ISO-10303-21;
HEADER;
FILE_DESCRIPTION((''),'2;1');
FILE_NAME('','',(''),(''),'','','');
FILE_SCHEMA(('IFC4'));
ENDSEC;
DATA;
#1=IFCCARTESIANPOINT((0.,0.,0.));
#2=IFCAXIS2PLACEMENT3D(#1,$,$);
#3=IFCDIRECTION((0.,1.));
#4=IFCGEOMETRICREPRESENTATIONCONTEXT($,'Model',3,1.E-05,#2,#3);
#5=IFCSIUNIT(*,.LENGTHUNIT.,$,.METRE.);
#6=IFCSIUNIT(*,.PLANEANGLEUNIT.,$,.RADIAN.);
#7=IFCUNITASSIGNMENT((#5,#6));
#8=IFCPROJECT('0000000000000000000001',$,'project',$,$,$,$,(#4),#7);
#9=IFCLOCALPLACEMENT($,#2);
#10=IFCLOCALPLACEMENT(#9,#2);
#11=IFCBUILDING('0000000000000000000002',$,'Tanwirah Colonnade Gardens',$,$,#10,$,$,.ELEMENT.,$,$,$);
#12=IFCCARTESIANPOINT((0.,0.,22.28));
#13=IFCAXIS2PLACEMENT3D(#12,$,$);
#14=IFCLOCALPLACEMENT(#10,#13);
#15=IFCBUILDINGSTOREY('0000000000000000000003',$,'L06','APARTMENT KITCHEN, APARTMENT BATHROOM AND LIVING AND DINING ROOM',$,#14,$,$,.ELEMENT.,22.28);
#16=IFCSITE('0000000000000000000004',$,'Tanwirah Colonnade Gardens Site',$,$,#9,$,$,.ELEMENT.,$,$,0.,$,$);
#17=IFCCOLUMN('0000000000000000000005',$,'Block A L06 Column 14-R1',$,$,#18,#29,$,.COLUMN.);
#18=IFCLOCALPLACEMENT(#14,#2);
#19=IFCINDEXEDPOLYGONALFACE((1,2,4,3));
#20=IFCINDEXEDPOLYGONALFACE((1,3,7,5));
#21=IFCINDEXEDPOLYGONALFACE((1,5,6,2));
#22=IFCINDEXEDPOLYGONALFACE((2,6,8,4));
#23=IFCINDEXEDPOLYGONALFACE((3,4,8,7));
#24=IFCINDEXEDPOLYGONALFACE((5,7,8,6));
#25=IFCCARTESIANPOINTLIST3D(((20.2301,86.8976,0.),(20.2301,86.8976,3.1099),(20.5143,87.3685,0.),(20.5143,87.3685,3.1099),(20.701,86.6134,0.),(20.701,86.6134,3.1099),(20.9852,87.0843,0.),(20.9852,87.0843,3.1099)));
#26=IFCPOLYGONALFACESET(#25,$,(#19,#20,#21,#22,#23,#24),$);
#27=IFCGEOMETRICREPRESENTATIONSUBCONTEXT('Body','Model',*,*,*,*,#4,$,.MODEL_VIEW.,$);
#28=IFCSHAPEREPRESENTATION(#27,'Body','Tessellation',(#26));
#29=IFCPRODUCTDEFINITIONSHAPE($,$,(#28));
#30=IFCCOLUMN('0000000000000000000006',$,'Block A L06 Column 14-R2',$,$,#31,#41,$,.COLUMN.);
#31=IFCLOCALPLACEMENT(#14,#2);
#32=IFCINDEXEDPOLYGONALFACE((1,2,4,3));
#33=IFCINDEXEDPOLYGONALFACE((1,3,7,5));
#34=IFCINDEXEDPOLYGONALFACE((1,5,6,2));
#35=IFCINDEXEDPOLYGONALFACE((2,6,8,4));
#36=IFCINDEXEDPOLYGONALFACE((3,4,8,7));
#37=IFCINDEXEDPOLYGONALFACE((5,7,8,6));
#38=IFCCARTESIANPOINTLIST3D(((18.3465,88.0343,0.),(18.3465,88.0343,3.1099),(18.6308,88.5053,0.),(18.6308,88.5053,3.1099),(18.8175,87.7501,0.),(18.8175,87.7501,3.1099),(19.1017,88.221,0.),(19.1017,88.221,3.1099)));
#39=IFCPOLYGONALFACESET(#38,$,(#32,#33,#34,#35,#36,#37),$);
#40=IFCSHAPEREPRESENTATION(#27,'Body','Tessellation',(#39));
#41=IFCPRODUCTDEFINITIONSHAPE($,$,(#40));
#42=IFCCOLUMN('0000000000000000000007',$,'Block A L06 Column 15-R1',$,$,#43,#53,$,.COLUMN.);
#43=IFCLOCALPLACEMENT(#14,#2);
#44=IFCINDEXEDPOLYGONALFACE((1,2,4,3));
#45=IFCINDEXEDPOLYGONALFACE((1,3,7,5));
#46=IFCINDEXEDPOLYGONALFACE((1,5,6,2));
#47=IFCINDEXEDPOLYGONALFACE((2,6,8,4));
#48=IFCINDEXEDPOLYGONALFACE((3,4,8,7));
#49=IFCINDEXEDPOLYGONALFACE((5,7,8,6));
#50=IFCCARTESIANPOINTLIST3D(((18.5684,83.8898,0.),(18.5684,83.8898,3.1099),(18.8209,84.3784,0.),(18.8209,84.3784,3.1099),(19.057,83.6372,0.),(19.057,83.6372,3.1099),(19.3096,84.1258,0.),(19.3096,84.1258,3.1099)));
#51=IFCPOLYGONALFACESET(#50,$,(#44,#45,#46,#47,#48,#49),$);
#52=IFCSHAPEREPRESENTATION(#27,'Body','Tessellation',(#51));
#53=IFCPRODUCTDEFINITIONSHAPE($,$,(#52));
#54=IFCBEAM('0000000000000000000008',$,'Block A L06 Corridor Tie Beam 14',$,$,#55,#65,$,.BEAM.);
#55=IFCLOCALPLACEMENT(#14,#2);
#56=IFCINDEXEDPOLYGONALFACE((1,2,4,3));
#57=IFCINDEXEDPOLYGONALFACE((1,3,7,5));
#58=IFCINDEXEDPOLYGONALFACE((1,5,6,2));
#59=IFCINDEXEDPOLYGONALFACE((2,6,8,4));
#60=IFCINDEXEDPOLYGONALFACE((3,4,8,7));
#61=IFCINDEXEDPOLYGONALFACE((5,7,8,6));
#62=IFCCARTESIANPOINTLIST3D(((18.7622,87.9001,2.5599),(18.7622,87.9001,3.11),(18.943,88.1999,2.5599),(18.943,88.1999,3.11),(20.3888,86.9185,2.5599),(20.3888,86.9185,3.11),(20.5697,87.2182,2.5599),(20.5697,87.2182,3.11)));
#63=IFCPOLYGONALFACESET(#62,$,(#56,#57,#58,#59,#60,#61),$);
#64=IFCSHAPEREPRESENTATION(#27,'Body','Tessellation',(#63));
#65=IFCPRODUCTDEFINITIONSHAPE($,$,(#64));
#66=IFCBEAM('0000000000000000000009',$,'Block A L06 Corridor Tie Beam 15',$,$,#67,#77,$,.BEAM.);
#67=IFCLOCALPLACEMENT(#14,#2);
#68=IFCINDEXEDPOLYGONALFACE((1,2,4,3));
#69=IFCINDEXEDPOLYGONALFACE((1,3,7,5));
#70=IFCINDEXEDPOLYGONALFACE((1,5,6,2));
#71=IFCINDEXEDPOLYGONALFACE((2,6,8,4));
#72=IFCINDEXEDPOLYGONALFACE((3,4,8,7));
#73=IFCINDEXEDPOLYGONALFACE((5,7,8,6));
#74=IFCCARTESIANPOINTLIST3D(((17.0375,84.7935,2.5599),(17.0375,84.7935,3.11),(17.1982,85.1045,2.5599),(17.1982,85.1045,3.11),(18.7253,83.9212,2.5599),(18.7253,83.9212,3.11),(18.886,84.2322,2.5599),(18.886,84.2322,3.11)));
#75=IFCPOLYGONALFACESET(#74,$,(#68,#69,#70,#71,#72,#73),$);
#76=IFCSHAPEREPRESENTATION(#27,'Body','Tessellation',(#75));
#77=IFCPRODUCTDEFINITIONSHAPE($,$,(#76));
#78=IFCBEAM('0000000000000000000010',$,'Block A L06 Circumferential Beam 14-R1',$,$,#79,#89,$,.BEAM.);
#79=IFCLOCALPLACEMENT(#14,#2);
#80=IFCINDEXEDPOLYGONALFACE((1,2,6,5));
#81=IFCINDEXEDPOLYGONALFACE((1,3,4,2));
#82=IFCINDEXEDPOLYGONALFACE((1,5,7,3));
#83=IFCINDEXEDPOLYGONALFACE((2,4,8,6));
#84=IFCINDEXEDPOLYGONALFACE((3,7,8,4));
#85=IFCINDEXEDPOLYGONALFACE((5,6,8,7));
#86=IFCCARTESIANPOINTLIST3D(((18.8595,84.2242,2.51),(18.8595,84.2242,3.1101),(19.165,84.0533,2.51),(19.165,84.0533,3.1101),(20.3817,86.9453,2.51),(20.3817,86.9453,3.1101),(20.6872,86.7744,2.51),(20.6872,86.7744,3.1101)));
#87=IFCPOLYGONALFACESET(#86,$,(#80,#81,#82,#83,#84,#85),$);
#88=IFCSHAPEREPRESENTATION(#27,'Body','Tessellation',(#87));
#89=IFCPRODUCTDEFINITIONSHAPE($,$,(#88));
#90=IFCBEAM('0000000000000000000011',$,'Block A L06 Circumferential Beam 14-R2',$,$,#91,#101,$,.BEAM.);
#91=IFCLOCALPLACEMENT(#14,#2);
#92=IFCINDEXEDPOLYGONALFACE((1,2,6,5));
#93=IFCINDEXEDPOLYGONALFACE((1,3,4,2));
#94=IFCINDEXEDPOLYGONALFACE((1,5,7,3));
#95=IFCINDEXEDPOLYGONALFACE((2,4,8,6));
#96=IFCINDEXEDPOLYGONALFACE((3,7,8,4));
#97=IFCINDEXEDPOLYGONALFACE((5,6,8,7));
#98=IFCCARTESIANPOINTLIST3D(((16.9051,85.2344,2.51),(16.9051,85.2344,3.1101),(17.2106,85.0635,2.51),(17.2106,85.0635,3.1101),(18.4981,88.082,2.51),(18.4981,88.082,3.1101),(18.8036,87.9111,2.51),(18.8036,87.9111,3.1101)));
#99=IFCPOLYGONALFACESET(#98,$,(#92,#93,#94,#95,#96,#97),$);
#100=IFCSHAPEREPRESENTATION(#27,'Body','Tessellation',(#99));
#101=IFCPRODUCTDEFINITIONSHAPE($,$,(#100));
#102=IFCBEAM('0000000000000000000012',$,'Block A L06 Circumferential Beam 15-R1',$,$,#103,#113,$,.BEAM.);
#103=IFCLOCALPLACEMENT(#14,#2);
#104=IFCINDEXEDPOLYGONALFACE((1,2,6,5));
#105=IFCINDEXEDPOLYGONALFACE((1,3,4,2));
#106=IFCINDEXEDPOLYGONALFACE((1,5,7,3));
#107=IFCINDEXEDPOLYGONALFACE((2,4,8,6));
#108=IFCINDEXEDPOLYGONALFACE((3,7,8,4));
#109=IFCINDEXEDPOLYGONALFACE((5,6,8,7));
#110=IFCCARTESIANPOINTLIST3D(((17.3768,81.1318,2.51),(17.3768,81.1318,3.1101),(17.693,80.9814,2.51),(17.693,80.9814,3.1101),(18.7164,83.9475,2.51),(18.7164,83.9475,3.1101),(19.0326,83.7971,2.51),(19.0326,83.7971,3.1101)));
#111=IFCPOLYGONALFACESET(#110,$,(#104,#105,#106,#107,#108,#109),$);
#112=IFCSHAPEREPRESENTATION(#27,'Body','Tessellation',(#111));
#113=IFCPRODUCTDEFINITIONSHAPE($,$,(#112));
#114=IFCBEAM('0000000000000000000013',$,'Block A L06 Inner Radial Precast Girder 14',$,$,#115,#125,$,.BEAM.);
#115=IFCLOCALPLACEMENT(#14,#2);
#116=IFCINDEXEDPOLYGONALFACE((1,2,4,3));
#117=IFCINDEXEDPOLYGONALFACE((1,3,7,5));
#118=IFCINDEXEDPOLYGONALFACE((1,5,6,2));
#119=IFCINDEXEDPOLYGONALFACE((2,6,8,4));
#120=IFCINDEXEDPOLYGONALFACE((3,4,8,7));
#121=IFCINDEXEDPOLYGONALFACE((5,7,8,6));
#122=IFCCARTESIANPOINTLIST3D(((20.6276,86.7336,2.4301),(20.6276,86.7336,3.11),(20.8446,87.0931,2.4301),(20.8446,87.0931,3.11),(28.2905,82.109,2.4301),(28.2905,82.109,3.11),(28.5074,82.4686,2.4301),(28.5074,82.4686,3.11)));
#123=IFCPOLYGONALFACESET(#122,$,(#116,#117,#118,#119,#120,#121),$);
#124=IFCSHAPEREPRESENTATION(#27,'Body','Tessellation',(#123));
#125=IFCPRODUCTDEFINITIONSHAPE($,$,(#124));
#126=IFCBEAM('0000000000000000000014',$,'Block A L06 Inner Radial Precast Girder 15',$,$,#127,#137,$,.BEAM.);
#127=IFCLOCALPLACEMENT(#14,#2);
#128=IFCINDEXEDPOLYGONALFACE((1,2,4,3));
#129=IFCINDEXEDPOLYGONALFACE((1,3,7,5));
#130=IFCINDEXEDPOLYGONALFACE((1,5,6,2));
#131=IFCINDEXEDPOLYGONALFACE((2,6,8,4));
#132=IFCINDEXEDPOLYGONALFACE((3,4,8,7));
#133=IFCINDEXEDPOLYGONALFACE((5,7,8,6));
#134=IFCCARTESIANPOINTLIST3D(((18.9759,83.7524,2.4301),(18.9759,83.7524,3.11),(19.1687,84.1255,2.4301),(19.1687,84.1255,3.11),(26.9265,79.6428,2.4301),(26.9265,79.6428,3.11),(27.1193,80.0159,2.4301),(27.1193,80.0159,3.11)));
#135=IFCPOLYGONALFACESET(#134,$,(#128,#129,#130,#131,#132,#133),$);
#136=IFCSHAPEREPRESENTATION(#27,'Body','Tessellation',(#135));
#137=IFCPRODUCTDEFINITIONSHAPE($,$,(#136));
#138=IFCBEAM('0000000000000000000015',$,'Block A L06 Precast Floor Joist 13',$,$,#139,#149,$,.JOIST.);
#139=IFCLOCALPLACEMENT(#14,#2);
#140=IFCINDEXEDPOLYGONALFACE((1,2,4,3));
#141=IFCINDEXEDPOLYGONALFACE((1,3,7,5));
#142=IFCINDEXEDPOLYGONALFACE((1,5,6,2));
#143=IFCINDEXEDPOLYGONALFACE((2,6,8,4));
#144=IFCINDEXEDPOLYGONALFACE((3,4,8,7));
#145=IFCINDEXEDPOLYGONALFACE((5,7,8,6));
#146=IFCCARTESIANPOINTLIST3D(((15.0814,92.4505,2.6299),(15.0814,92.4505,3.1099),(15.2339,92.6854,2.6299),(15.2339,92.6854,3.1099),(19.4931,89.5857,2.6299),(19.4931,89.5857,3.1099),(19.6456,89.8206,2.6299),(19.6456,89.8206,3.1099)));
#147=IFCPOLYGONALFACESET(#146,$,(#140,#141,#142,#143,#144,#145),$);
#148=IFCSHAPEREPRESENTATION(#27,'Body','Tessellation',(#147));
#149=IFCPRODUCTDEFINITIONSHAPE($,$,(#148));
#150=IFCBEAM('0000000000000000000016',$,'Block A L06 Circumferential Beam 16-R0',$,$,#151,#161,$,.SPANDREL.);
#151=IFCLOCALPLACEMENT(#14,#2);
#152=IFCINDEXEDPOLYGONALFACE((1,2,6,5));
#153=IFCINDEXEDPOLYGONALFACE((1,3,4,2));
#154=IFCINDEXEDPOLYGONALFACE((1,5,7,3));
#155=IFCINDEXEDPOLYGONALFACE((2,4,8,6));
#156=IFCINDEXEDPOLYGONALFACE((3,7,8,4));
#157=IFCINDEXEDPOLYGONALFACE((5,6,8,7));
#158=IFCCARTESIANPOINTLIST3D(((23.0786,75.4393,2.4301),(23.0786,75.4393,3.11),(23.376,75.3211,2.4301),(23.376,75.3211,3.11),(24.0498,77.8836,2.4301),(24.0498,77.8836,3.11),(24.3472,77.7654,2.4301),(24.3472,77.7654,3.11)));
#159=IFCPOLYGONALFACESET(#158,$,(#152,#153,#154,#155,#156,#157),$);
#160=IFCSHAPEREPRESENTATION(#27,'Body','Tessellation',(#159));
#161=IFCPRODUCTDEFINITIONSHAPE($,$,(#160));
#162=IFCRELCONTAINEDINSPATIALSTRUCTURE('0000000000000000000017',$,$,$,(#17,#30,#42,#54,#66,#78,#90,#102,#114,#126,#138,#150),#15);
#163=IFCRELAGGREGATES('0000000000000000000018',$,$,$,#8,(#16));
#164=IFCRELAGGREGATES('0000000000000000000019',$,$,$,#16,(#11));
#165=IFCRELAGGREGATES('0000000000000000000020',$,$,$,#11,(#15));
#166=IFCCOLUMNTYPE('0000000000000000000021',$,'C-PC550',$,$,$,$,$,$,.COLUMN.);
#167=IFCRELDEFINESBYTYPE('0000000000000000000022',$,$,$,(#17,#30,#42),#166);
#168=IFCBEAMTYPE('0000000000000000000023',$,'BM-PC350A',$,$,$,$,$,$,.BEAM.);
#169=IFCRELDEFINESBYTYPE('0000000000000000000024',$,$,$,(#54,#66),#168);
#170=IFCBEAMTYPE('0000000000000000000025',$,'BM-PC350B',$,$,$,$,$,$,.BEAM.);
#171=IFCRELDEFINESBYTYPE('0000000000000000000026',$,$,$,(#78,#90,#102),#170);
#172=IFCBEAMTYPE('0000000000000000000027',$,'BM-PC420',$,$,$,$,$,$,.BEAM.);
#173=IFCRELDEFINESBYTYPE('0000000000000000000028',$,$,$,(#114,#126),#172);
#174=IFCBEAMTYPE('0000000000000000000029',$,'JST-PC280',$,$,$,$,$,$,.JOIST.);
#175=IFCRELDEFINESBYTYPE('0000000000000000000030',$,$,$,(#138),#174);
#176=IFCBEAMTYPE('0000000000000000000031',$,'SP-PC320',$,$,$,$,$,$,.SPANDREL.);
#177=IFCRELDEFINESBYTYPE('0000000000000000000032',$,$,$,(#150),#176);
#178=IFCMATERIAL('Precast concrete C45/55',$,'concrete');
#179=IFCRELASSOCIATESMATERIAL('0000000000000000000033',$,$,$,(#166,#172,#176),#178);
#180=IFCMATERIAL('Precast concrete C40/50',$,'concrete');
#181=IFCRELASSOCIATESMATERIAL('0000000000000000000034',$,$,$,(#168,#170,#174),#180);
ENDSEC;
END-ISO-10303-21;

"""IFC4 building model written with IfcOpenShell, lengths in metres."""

from ifc_helpers import new_model, si_unit, direction, frame, origin, origin_2d, place, context, subcontext, project, spatial, rectangle, extrude, material, material_profile, profile_set, type_object, element, save


model = new_model("IFC4")

# Units and contexts
model_context = context("Model", 3, precision=1e-05, world=origin(), true_north=direction((0.0, 1.0)))
body_context = subcontext(model_context, "Body", "Model", "MODEL_VIEW")
ifc_project = project(units=[si_unit("LENGTHUNIT", "METRE"), si_unit("PLANEANGLEUNIT", "RADIAN")], contexts=[model_context])

# Site, building, storey
site_placement = place(None, origin())
site = spatial("IfcSite", under=ifc_project, at=site_placement, Name="Tanwirah Colonnade Gardens Site", CompositionType="ELEMENT", RefElevation=0.0)
building_placement = place(site_placement, origin())
building = spatial("IfcBuilding", under=site, at=building_placement, Name="Tanwirah Colonnade Gardens", CompositionType="ELEMENT")
storey_placement = place(building_placement, frame((0.0, 0.0, 22.28)))
storey = spatial("IfcBuildingStorey", under=building, at=storey_placement, Name="L06", Description="APARTMENT KITCHEN, APARTMENT BATHROOM AND LIVING AND DINING ROOM", CompositionType="ELEMENT", Elevation=22.28)

# Columns
ifc_material_1 = material(Name="Precast concrete C45/55", Category="concrete")
ifc_material_profile_1 = material_profile(ifc_material_1, rectangle(XDim=0.55, YDim=0.55, at=origin_2d()), Name="PC-COL 550x550")
ifc_profile_set_1 = profile_set([ifc_material_profile_1], Name="Precast concrete C45/55")
column_type = type_object("IfcColumnType", Name="C-PC550", PredefinedType="COLUMN", material=ifc_profile_set_1)
for number, where, z_axis, x_axis, name in (
    (1, (20.6077, 86.991, 0.0), (0.0, 0.0, 1.0), (-0.856167, 0.516699, 0.0), "Block A L06 Column 14-R1"),
    (2, (18.7241, 88.1277, 0.0), (0.0, 0.0, 1.0), (-0.856167, 0.516699, 0.0), "Block A L06 Column 14-R2"),
    (3, (18.939, 84.0078, 0.0), (0.0, 0.0, 1.0), (-0.88835, 0.459166, 0.0), "Block A L06 Column 15-R1"),
):
    element("IfcColumn", number, at=place(storey_placement, frame(where, z_axis=z_axis, x_axis=x_axis)), inside=storey, type_object=column_type, Name=name, PredefinedType="COLUMN", context=body_context, shape_type="SweptSolid", body=[
        extrude(rectangle(XDim=0.55, YDim=0.55, at=origin_2d()), origin(), (0.0, 0.0, 1.0), 3.1099),
    ])

# Beams
ifc_material_2 = material(Name="Precast concrete C40/50", Category="concrete")
ifc_material_profile_2 = material_profile(ifc_material_2, rectangle(XDim=0.3501, YDim=0.55, at=origin_2d()), Name="PC-BM 350x550")
ifc_profile_set_2 = profile_set([ifc_material_profile_2], Name="Precast concrete C40/50")
beam_type_1 = type_object("IfcBeamType", Name="BM-PC350A", PredefinedType="BEAM", material=ifc_profile_set_2)
for number, where, z_axis, x_axis, name in (
    (4, (20.4792, 87.0684, 2.835), (-0.856175, 0.516686, 0.0), (-0.516686, -0.856175, 0.0), "Block A L06 Corridor Tie Beam 14"),
    (5, (18.8057, 84.0767, 2.835), (-0.888359, 0.45915, 0.0), (-0.45915, -0.888359, 0.0), "Block A L06 Corridor Tie Beam 15"),
):
    element("IfcBeam", number, at=place(storey_placement, frame(where, z_axis=z_axis, x_axis=x_axis)), inside=storey, type_object=beam_type_1, Name=name, PredefinedType="BEAM", context=body_context, shape_type="SweptSolid", body=[
        extrude(rectangle(XDim=0.3501, YDim=0.55, at=origin_2d()), origin(), (0.0, 0.0, 1.0), 1.8999),
    ])
ifc_material_profile_3 = material_profile(ifc_material_2, rectangle(XDim=0.3501, YDim=0.6001, at=origin_2d()), Name="PC-BM 350x600")
ifc_profile_set_3 = profile_set([ifc_material_profile_3], Name="Precast concrete C40/50")
beam_type_2 = type_object("IfcBeamType", Name="BM-PC350B", PredefinedType="BEAM", material=ifc_profile_set_3)
beam_1_placement = place(storey_placement, frame((20.5344, 86.8599, 2.8101), z_axis=(-0.4882, -0.872732, 0.0), x_axis=(0.872732, -0.4882, 0.0)))
element("IfcBeam", 6, at=beam_1_placement, inside=storey, type_object=beam_type_2, Name="Block A L06 Circumferential Beam 14-R1", PredefinedType="BEAM", context=body_context, shape_type="SweptSolid", body=[
    extrude(rectangle(XDim=0.3501, YDim=0.6001, at=origin_2d()), origin(), (0.0, 0.0, 1.0), 3.1179),
])
beam_2_placement = place(storey_placement, frame((18.6509, 87.9966, 2.8101), z_axis=(-0.488214, -0.872724, 0.0), x_axis=(0.872724, -0.488214, 0.0)))
element("IfcBeam", 7, at=beam_2_placement, inside=storey, type_object=beam_type_2, Name="Block A L06 Circumferential Beam 14-R2", PredefinedType="BEAM", context=body_context, shape_type="SweptSolid", body=[
    extrude(rectangle(XDim=0.3501, YDim=0.6001, at=origin_2d()), origin(), (0.0, 0.0, 1.0), 3.2629),
])
beam_3_placement = place(storey_placement, frame((18.8745, 83.8723, 2.8101), z_axis=(-0.429621, -0.90301, 0.0), x_axis=(0.90301, -0.429621, 0.0)))
element("IfcBeam", 8, at=beam_3_placement, inside=storey, type_object=beam_type_2, Name="Block A L06 Circumferential Beam 15-R1", PredefinedType="BEAM", context=body_context, shape_type="SweptSolid", body=[
    extrude(rectangle(XDim=0.3501, YDim=0.6001, at=origin_2d()), origin(), (0.0, 0.0, 1.0), 3.1182),
])
ifc_material_profile_4 = material_profile(ifc_material_1, rectangle(XDim=0.4199, YDim=0.6799, at=origin_2d()), Name="PC-BM 420x680")
ifc_profile_set_4 = profile_set([ifc_material_profile_4], Name="Precast concrete C45/55")
beam_type_3 = type_object("IfcBeamType", Name="BM-PC420", PredefinedType="BEAM", material=ifc_profile_set_4)
beam_4_placement = place(storey_placement, frame((20.7361, 86.9133, 2.77), z_axis=(0.856169, -0.516696, 0.0), x_axis=(0.516696, 0.856169, 0.0)))
element("IfcBeam", 9, at=beam_4_placement, inside=storey, type_object=beam_type_3, Name="Block A L06 Inner Radial Precast Girder 14", PredefinedType="BEAM", context=body_context, shape_type="SweptSolid", body=[
    extrude(rectangle(XDim=0.4199, YDim=0.6799, at=origin_2d()), origin(), (0.0, 0.0, 1.0), 8.9502),
])
beam_5_placement = place(storey_placement, frame((19.0723, 83.939, 2.77), z_axis=(0.888345, -0.459176, 0.0), x_axis=(0.459176, 0.888345, 0.0)))
element("IfcBeam", 10, at=beam_5_placement, inside=storey, type_object=beam_type_3, Name="Block A L06 Inner Radial Precast Girder 15", PredefinedType="BEAM", context=body_context, shape_type="SweptSolid", body=[
    extrude(rectangle(XDim=0.4199, YDim=0.6799, at=origin_2d()), origin(), (0.0, 0.0, 1.0), 8.95),
])
ifc_material_profile_5 = material_profile(ifc_material_2, rectangle(XDim=0.28, YDim=0.48, at=origin_2d()), Name="PC-JST 280x480")
ifc_profile_set_5 = profile_set([ifc_material_profile_5], Name="Precast concrete C40/50")
beam_type_4 = type_object("IfcBeamType", Name="JST-PC280", PredefinedType="JOIST", material=ifc_profile_set_5)
beam_6_placement = place(storey_placement, frame((19.5693, 89.7031, 2.8699), z_axis=(-0.838687, 0.544613, 0.0), x_axis=(-0.544613, -0.838687, 0.0)))
element("IfcBeam", 11, at=beam_6_placement, inside=storey, type_object=beam_type_4, Name="Block A L06 Precast Floor Joist 13", PredefinedType="JOIST", context=body_context, shape_type="SweptSolid", body=[
    extrude(rectangle(XDim=0.28, YDim=0.48, at=origin_2d()), origin(), (0.0, 0.0, 1.0), 5.2603),
])
ifc_material_profile_6 = material_profile(ifc_material_1, rectangle(XDim=0.3201, YDim=0.6799, at=origin_2d()), Name="PC-SP 320x680")
ifc_profile_set_6 = profile_set([ifc_material_profile_6], Name="Precast concrete C45/55")
beam_type_5 = type_object("IfcBeamType", Name="SP-PC320", PredefinedType="SPANDREL", material=ifc_profile_set_6)
beam_7_placement = place(storey_placement, frame((24.1985, 77.8245, 2.77), z_axis=(-0.369245, -0.929332, 0.0), x_axis=(0.929332, -0.369245, 0.0)))
element("IfcBeam", 12, at=beam_7_placement, inside=storey, type_object=beam_type_5, Name="Block A L06 Circumferential Beam 16-R0", PredefinedType="SPANDREL", context=body_context, shape_type="SweptSolid", body=[
    extrude(rectangle(XDim=0.3201, YDim=0.6799, at=origin_2d()), origin(), (0.0, 0.0, 1.0), 2.6301),
])

save(model, "model.ifc")
